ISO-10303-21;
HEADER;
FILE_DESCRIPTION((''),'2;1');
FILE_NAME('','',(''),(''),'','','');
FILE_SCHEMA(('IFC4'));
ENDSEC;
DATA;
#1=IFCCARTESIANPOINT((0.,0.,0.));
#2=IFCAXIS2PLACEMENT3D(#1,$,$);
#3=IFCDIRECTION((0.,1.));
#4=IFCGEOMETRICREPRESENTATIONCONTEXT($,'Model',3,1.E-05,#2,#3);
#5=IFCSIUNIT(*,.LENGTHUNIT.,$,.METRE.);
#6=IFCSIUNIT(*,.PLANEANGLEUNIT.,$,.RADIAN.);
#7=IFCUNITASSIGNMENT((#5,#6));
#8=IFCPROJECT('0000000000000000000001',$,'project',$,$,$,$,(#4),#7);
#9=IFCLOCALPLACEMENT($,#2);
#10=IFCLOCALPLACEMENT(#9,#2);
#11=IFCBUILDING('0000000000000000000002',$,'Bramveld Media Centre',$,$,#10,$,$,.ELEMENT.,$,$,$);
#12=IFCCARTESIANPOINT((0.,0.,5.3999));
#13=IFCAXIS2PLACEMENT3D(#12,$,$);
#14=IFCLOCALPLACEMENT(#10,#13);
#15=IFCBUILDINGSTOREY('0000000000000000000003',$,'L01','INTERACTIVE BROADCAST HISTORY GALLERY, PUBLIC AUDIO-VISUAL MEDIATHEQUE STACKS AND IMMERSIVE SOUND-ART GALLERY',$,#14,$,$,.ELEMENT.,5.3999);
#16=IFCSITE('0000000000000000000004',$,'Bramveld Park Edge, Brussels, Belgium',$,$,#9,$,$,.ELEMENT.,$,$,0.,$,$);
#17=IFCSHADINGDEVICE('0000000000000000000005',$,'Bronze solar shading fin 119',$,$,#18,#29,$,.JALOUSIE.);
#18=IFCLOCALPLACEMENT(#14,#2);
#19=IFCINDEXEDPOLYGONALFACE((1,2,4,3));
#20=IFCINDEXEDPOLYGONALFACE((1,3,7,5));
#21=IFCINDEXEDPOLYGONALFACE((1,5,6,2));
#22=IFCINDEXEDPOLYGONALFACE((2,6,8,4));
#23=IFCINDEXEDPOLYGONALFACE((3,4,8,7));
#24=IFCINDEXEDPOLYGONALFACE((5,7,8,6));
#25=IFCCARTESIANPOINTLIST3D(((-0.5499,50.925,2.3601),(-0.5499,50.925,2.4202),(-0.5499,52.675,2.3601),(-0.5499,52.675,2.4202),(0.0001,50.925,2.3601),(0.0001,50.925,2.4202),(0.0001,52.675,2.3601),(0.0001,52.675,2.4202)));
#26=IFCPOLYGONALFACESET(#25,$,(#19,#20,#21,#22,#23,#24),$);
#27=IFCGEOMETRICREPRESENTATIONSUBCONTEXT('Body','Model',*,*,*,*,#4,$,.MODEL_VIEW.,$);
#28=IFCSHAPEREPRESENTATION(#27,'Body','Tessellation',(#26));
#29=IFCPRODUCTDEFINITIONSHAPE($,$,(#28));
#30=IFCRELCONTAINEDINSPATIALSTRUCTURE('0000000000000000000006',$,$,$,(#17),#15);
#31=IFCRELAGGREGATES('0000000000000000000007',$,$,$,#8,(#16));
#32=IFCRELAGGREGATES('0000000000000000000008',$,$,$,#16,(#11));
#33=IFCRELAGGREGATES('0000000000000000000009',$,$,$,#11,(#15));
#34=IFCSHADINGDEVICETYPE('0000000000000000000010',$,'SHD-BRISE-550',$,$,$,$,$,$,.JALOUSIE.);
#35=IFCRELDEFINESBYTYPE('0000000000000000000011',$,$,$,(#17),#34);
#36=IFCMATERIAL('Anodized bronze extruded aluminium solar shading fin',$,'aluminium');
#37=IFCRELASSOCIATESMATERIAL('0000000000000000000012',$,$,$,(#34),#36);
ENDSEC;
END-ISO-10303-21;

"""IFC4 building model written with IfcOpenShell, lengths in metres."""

from ifc_helpers import new_model, si_unit, direction, frame, origin, origin_2d, place, context, subcontext, project, spatial, rectangle, extrude, material, type_object, element, save


model = new_model("IFC4")

# Units and contexts
model_context = context("Model", 3, precision=1e-05, world=origin(), true_north=direction((0.0, 1.0)))
body_context = subcontext(model_context, "Body", "Model", "MODEL_VIEW")
ifc_project = project(units=[si_unit("LENGTHUNIT", "METRE"), si_unit("PLANEANGLEUNIT", "RADIAN")], contexts=[model_context])

# Site, building, storey
site_placement = place(None, origin())
site = spatial("IfcSite", under=ifc_project, at=site_placement, Name="Bramveld Park Edge, Brussels, Belgium", CompositionType="ELEMENT", RefElevation=0.0)
building_placement = place(site_placement, origin())
building = spatial("IfcBuilding", under=site, at=building_placement, Name="Bramveld Media Centre", CompositionType="ELEMENT")
storey_placement = place(building_placement, frame((0.0, 0.0, 5.3999)))
storey = spatial("IfcBuildingStorey", under=building, at=storey_placement, Name="L01", Description="INTERACTIVE BROADCAST HISTORY GALLERY, PUBLIC AUDIO-VISUAL MEDIATHEQUE STACKS AND IMMERSIVE SOUND-ART GALLERY", CompositionType="ELEMENT", Elevation=5.3999)

# Shading device
ifc_material_1 = material(Name="Anodized bronze extruded aluminium solar shading fin", Category="aluminium")
shading_device_type_1 = type_object("IfcShadingDeviceType", Name="SHD-BRISE-550", PredefinedType="JALOUSIE", material=ifc_material_1)
shading_device_1_placement = place(storey_placement, frame((-0.2749, 51.8, 2.3601), z_axis=(0.0, 0.0, 1.0), x_axis=(1.0, 0.0, 0.0)))
element("IfcShadingDevice", 1, at=shading_device_1_placement, inside=storey, type_object=shading_device_type_1, Name="Bronze solar shading fin 119", PredefinedType="JALOUSIE", context=body_context, shape_type="SweptSolid", body=[
    extrude(rectangle(XDim=0.55, YDim=1.75, at=origin_2d()), origin(), (0.0, 0.0, 1.0), 0.0601),
])

save(model, "model.ifc")
